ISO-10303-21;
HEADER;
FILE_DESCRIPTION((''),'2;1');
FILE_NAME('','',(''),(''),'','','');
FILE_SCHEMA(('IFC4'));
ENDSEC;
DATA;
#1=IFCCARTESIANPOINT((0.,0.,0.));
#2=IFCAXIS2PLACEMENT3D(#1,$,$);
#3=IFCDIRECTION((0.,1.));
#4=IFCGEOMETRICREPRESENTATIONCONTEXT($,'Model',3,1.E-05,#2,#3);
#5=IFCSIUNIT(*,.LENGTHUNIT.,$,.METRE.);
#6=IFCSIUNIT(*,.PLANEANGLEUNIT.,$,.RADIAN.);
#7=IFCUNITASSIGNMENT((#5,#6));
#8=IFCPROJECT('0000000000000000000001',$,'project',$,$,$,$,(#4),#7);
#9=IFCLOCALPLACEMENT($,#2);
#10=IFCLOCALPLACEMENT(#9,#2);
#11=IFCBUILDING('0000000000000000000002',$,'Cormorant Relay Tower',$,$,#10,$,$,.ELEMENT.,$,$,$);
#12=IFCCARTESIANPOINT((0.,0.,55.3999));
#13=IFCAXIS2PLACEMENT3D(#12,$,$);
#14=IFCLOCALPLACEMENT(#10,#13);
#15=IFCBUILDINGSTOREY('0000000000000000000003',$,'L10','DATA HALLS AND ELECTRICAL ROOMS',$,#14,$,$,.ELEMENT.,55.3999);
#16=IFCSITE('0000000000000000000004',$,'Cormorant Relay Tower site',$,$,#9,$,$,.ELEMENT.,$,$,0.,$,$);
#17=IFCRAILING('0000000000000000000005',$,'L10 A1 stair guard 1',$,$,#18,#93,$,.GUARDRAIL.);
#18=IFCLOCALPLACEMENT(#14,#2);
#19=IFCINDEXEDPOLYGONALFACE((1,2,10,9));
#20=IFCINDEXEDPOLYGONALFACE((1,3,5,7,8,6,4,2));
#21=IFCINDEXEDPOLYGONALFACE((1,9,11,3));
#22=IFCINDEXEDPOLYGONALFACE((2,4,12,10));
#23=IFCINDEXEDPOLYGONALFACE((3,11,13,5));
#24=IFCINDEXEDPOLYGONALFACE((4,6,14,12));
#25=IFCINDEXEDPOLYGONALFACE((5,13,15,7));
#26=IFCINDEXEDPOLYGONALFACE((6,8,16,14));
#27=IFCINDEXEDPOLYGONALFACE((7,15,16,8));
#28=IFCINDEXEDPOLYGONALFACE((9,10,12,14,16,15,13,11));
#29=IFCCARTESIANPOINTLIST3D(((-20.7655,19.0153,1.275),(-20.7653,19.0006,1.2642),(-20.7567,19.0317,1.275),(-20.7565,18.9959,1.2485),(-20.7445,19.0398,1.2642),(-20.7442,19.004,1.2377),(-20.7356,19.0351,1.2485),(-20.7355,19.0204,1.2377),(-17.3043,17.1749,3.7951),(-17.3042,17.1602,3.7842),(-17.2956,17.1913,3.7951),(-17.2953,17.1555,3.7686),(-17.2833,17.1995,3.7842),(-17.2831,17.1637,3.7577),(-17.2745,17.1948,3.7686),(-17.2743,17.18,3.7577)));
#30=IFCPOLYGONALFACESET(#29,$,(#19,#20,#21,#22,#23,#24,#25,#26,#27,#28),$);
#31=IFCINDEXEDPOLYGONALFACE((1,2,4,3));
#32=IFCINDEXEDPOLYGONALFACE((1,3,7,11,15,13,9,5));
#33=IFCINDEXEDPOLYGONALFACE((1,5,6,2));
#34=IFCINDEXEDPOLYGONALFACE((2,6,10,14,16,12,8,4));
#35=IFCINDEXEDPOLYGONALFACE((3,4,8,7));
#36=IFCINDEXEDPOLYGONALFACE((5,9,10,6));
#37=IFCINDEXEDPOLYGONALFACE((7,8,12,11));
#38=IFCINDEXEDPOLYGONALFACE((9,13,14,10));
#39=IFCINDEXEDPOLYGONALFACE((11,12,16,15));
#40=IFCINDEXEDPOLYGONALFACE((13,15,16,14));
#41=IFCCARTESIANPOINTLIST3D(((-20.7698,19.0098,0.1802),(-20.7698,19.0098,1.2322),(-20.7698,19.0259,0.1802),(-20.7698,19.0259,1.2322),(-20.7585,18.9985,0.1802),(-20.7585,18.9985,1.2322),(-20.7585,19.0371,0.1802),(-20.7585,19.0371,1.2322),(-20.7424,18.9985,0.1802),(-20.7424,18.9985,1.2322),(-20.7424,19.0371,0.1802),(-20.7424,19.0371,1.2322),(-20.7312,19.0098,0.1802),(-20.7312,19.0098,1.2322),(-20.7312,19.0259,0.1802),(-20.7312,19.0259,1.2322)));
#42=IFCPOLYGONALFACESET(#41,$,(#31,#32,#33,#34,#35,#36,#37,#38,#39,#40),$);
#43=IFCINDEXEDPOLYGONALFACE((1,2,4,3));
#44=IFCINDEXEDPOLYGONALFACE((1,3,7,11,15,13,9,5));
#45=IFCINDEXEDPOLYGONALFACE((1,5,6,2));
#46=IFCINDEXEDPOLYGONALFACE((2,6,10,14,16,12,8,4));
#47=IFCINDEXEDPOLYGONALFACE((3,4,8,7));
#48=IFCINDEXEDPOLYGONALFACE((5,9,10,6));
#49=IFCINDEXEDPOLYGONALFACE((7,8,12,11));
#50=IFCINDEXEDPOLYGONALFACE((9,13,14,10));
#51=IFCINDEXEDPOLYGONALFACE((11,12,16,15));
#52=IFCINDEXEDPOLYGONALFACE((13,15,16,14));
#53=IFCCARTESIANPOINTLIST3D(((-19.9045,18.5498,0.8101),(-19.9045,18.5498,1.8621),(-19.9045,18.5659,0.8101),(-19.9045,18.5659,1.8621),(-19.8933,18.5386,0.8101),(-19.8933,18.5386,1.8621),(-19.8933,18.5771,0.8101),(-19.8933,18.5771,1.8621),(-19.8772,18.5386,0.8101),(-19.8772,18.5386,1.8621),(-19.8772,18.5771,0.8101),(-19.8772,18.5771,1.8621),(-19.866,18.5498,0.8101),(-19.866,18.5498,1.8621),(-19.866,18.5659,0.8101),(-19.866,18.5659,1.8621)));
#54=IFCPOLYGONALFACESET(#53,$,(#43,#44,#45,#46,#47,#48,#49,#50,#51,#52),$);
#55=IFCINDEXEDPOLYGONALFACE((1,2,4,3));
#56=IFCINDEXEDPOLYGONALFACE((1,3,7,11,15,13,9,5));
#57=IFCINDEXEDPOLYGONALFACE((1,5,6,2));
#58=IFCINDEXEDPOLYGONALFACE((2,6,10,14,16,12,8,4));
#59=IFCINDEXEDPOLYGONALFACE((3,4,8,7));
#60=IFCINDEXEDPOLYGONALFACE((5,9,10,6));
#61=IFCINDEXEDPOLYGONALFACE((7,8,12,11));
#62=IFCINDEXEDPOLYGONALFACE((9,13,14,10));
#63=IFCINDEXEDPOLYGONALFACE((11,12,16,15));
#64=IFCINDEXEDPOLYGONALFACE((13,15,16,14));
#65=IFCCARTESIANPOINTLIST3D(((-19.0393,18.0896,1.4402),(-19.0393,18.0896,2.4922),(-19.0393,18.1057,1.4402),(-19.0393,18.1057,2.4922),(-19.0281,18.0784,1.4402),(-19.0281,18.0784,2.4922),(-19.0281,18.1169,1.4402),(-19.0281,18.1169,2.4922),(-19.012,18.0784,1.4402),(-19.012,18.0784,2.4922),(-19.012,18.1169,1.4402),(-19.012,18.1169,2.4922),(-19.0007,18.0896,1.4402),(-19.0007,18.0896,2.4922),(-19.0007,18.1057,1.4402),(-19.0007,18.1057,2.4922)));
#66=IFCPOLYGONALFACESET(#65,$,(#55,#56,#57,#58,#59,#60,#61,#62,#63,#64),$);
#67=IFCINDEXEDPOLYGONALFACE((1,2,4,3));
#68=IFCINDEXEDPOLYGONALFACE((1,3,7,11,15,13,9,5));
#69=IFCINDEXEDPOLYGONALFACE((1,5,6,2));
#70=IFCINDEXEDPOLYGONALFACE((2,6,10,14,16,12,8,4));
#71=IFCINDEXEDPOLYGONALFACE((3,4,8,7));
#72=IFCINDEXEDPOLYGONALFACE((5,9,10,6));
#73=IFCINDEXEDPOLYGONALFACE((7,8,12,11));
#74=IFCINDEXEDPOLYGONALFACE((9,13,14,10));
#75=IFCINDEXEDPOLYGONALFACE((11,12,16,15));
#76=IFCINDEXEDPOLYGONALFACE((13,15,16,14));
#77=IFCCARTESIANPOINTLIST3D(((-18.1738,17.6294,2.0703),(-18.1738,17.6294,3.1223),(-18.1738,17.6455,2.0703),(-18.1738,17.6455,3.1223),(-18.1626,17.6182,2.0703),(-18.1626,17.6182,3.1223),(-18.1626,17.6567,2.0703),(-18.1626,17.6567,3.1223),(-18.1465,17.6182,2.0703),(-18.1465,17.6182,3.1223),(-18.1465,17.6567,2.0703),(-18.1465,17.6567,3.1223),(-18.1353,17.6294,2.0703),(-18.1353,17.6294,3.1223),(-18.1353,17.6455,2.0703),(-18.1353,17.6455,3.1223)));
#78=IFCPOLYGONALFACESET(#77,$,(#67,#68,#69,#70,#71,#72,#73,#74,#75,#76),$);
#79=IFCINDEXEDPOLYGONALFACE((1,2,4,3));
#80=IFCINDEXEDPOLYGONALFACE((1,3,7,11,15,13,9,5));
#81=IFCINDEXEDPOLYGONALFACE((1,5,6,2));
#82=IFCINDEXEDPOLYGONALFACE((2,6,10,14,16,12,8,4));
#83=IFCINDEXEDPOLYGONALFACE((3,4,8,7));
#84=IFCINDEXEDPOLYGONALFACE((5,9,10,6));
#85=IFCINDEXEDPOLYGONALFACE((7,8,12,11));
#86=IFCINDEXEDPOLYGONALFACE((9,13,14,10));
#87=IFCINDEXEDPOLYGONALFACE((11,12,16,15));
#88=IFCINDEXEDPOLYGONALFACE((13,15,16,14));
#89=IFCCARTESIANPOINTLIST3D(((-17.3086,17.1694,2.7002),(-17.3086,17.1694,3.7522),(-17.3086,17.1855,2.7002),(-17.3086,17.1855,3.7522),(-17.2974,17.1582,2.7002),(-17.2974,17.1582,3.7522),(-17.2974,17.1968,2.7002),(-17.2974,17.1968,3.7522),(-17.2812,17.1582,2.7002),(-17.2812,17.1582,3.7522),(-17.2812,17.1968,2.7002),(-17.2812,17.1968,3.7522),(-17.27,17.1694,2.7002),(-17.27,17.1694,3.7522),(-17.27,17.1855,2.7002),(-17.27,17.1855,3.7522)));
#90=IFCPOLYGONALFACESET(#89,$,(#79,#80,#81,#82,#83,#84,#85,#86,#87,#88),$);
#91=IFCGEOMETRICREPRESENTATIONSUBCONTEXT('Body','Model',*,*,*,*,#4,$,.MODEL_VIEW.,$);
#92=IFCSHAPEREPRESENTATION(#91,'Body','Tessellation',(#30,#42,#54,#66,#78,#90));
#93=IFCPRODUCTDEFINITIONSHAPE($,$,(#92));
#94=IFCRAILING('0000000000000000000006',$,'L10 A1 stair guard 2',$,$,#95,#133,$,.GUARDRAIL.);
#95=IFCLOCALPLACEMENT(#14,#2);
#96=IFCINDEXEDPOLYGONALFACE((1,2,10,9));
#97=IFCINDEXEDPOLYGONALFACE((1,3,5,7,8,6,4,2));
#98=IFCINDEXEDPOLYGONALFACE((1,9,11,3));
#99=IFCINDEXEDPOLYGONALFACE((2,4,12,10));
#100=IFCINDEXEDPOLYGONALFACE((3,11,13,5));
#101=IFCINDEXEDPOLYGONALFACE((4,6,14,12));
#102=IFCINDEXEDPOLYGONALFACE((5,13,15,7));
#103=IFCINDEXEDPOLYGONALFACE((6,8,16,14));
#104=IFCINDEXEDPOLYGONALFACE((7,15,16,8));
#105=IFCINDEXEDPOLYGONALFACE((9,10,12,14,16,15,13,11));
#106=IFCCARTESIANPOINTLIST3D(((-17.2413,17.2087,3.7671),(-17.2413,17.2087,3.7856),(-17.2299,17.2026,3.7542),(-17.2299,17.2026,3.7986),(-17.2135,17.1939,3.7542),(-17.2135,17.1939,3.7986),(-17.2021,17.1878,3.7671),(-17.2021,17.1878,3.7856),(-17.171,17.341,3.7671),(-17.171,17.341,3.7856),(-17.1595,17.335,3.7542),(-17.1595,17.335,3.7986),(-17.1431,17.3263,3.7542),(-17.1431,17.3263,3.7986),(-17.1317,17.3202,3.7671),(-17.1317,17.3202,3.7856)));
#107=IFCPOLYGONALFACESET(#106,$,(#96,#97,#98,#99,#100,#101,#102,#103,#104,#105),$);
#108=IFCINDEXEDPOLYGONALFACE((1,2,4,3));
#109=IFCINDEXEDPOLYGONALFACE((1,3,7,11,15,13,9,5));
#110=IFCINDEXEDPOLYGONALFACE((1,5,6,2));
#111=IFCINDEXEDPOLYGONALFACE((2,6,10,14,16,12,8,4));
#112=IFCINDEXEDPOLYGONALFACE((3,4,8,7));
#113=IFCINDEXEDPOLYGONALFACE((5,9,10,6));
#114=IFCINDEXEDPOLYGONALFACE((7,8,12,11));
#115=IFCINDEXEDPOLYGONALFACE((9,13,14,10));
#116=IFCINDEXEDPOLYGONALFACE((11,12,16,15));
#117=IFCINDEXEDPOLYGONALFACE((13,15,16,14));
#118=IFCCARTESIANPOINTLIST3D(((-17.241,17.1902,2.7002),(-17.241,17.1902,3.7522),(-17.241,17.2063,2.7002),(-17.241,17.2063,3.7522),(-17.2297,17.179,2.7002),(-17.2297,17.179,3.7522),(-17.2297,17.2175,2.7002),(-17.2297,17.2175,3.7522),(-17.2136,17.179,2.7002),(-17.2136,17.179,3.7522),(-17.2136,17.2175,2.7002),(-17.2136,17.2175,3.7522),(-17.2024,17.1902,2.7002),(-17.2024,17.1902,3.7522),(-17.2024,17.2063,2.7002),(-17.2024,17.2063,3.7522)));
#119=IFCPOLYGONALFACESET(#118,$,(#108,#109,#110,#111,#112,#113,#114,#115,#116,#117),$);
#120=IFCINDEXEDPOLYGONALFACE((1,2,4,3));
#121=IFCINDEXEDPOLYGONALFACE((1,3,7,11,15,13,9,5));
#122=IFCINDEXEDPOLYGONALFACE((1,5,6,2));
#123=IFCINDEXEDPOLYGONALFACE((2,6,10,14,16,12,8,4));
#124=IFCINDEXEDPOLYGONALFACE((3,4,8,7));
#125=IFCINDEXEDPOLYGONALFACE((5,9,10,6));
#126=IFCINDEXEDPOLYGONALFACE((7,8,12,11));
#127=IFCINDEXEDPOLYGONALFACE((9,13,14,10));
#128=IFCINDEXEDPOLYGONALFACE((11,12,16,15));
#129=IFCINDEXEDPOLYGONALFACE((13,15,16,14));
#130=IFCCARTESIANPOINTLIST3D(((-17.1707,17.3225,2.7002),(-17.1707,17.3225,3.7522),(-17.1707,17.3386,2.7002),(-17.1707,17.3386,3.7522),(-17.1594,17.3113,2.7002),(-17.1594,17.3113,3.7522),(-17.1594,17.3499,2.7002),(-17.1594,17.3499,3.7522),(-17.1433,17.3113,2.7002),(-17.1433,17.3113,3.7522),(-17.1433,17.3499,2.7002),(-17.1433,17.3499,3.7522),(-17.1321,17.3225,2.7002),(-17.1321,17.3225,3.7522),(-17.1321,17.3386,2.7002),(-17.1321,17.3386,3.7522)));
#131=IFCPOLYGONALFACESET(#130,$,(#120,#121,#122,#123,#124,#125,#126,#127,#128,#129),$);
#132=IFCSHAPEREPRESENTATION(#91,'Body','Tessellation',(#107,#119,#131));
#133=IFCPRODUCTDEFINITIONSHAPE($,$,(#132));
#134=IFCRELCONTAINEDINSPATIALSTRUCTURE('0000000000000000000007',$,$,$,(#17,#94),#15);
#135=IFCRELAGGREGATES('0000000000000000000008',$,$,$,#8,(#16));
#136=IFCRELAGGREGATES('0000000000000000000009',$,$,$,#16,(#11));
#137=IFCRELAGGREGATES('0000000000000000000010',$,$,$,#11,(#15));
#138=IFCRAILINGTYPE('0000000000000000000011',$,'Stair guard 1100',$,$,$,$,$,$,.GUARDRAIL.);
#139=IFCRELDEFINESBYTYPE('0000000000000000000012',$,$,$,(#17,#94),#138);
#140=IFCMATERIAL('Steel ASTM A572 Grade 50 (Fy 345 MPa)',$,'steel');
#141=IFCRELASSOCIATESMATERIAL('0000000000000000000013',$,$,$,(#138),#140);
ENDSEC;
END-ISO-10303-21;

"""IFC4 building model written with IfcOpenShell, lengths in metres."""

from ifc_helpers import new_model, si_unit, direction, frame, origin, place, context, subcontext, project, spatial, polyline, outline, extrude, material, type_object, element, save


model = new_model("IFC4")

# Units and contexts
model_context = context("Model", 3, precision=1e-05, world=origin(), true_north=direction((0.0, 1.0)))
body_context = subcontext(model_context, "Body", "Model", "MODEL_VIEW")
ifc_project = project(units=[si_unit("LENGTHUNIT", "METRE"), si_unit("PLANEANGLEUNIT", "RADIAN")], contexts=[model_context])

# Site, building, storey
site_placement = place(None, origin())
site = spatial("IfcSite", under=ifc_project, at=site_placement, Name="Cormorant Relay Tower site", CompositionType="ELEMENT", RefElevation=0.0)
building_placement = place(site_placement, origin())
building = spatial("IfcBuilding", under=site, at=building_placement, Name="Cormorant Relay Tower", CompositionType="ELEMENT")
storey_placement = place(building_placement, frame((0.0, 0.0, 55.3999)))
storey = spatial("IfcBuildingStorey", under=building, at=storey_placement, Name="L10", Description="DATA HALLS AND ELECTRICAL ROOMS", CompositionType="ELEMENT", Elevation=55.3999)

# Railings
ifc_material_1 = material(Name="Steel ASTM A572 Grade 50 (Fy 345 MPa)", Category="steel")
railing_type_1 = type_object("IfcRailingType", Name="Stair guard 1100", PredefinedType="GUARDRAIL", material=ifc_material_1)
railing_1_placement = place(storey_placement, frame((-20.7505, 19.0178, 0.1802)))
element("IfcRailing", 1, at=railing_1_placement, inside=storey, type_object=railing_type_1, Name="L10 A1 stair guard 1", PredefinedType="GUARDRAIL", context=body_context, shape_type="SweptSolid", body=[
    extrude(outline(polyline([(0.0222, 0.0093), (0.0093, 0.0222), (-0.0093, 0.0222), (-0.0222, 0.0093), (-0.0222, -0.0093), (-0.0093, -0.0222), (0.0093, -0.0222), (0.0222, -0.0093), (0.0222, 0.0093)])), frame((0.0, 0.0, 1.0762), z_axis=(0.742717, -0.394907, 0.540758), x_axis=(0.469469, 0.882949, 0.0)), (0.0, 0.0, 1.0), 4.6602),
    extrude(outline(polyline([(0.0193, 0.0081), (0.0081, 0.0193), (-0.0081, 0.0193), (-0.0193, 0.0081), (-0.0193, -0.0081), (-0.0081, -0.0193), (0.0081, -0.0193), (0.0193, -0.0081), (0.0193, 0.0081)])), origin(), (0.0, 0.0, 1.0), 1.052),
    extrude(outline(polyline([(0.0193, 0.0081), (0.0081, 0.0193), (-0.0081, 0.0193), (-0.0193, 0.0081), (-0.0193, -0.0081), (-0.0081, -0.0193), (0.0081, -0.0193), (0.0193, -0.0081), (0.0193, 0.0081)])), frame((0.8652, -0.46, 0.6299)), (0.0, 0.0, 1.0), 1.052),
    extrude(outline(polyline([(0.0193, 0.0081), (0.0081, 0.0193), (-0.0081, 0.0193), (-0.0193, 0.0081), (-0.0193, -0.0081), (-0.0081, -0.0193), (0.0081, -0.0193), (0.0193, -0.0081), (0.0193, 0.0081)])), frame((1.7305, -0.9202, 1.26)), (0.0, 0.0, 1.0), 1.052),
    extrude(outline(polyline([(0.0193, 0.0081), (0.0081, 0.0193), (-0.0081, 0.0193), (-0.0193, 0.0081), (-0.0193, -0.0081), (-0.0081, -0.0193), (0.0081, -0.0193), (0.0193, -0.0081), (0.0193, 0.0081)])), frame((2.5959, -1.3804, 1.8901)), (0.0, 0.0, 1.0), 1.052),
    extrude(outline(polyline([(0.0193, 0.0081), (0.0081, 0.0193), (-0.0081, 0.0193), (-0.0193, 0.0081), (-0.0193, -0.0081), (-0.0081, -0.0193), (0.0081, -0.0193), (0.0193, -0.0081), (0.0193, 0.0081)])), frame((3.4612, -1.8403, 2.52)), (0.0, 0.0, 1.0), 1.052),
])
railing_2_placement = place(storey_placement, frame((-17.2217, 17.1982, 2.7002)))
element("IfcRailing", 2, at=railing_2_placement, inside=storey, type_object=railing_type_1, Name="L10 A1 stair guard 2", PredefinedType="GUARDRAIL", context=body_context, shape_type="SweptSolid", body=[
    extrude(outline(polyline([(0.0222, 0.0093), (0.0093, 0.0222), (-0.0093, 0.0222), (-0.0222, 0.0093), (-0.0222, -0.0093), (-0.0093, -0.0222), (0.0093, -0.0222), (0.0222, -0.0093), (0.0222, 0.0093)])), frame((0.0, 0.0, 1.0762), z_axis=(0.469235, 0.883074, 0.0), x_axis=(-0.883074, 0.469235, 0.0)), (0.0, 0.0, 1.0), 0.1499),
    extrude(outline(polyline([(0.0193, 0.0081), (0.0081, 0.0193), (-0.0081, 0.0193), (-0.0193, 0.0081), (-0.0193, -0.0081), (-0.0081, -0.0193), (0.0081, -0.0193), (0.0193, -0.0081), (0.0193, 0.0081)])), origin(), (0.0, 0.0, 1.0), 1.052),
    extrude(outline(polyline([(0.0193, 0.0081), (0.0081, 0.0193), (-0.0081, 0.0193), (-0.0193, 0.0081), (-0.0193, -0.0081), (-0.0081, -0.0193), (0.0081, -0.0193), (0.0193, -0.0081), (0.0193, 0.0081)])), frame((0.0703, 0.1323, 0.0)), (0.0, 0.0, 1.0), 1.052),
])

save(model, "model.ifc")
